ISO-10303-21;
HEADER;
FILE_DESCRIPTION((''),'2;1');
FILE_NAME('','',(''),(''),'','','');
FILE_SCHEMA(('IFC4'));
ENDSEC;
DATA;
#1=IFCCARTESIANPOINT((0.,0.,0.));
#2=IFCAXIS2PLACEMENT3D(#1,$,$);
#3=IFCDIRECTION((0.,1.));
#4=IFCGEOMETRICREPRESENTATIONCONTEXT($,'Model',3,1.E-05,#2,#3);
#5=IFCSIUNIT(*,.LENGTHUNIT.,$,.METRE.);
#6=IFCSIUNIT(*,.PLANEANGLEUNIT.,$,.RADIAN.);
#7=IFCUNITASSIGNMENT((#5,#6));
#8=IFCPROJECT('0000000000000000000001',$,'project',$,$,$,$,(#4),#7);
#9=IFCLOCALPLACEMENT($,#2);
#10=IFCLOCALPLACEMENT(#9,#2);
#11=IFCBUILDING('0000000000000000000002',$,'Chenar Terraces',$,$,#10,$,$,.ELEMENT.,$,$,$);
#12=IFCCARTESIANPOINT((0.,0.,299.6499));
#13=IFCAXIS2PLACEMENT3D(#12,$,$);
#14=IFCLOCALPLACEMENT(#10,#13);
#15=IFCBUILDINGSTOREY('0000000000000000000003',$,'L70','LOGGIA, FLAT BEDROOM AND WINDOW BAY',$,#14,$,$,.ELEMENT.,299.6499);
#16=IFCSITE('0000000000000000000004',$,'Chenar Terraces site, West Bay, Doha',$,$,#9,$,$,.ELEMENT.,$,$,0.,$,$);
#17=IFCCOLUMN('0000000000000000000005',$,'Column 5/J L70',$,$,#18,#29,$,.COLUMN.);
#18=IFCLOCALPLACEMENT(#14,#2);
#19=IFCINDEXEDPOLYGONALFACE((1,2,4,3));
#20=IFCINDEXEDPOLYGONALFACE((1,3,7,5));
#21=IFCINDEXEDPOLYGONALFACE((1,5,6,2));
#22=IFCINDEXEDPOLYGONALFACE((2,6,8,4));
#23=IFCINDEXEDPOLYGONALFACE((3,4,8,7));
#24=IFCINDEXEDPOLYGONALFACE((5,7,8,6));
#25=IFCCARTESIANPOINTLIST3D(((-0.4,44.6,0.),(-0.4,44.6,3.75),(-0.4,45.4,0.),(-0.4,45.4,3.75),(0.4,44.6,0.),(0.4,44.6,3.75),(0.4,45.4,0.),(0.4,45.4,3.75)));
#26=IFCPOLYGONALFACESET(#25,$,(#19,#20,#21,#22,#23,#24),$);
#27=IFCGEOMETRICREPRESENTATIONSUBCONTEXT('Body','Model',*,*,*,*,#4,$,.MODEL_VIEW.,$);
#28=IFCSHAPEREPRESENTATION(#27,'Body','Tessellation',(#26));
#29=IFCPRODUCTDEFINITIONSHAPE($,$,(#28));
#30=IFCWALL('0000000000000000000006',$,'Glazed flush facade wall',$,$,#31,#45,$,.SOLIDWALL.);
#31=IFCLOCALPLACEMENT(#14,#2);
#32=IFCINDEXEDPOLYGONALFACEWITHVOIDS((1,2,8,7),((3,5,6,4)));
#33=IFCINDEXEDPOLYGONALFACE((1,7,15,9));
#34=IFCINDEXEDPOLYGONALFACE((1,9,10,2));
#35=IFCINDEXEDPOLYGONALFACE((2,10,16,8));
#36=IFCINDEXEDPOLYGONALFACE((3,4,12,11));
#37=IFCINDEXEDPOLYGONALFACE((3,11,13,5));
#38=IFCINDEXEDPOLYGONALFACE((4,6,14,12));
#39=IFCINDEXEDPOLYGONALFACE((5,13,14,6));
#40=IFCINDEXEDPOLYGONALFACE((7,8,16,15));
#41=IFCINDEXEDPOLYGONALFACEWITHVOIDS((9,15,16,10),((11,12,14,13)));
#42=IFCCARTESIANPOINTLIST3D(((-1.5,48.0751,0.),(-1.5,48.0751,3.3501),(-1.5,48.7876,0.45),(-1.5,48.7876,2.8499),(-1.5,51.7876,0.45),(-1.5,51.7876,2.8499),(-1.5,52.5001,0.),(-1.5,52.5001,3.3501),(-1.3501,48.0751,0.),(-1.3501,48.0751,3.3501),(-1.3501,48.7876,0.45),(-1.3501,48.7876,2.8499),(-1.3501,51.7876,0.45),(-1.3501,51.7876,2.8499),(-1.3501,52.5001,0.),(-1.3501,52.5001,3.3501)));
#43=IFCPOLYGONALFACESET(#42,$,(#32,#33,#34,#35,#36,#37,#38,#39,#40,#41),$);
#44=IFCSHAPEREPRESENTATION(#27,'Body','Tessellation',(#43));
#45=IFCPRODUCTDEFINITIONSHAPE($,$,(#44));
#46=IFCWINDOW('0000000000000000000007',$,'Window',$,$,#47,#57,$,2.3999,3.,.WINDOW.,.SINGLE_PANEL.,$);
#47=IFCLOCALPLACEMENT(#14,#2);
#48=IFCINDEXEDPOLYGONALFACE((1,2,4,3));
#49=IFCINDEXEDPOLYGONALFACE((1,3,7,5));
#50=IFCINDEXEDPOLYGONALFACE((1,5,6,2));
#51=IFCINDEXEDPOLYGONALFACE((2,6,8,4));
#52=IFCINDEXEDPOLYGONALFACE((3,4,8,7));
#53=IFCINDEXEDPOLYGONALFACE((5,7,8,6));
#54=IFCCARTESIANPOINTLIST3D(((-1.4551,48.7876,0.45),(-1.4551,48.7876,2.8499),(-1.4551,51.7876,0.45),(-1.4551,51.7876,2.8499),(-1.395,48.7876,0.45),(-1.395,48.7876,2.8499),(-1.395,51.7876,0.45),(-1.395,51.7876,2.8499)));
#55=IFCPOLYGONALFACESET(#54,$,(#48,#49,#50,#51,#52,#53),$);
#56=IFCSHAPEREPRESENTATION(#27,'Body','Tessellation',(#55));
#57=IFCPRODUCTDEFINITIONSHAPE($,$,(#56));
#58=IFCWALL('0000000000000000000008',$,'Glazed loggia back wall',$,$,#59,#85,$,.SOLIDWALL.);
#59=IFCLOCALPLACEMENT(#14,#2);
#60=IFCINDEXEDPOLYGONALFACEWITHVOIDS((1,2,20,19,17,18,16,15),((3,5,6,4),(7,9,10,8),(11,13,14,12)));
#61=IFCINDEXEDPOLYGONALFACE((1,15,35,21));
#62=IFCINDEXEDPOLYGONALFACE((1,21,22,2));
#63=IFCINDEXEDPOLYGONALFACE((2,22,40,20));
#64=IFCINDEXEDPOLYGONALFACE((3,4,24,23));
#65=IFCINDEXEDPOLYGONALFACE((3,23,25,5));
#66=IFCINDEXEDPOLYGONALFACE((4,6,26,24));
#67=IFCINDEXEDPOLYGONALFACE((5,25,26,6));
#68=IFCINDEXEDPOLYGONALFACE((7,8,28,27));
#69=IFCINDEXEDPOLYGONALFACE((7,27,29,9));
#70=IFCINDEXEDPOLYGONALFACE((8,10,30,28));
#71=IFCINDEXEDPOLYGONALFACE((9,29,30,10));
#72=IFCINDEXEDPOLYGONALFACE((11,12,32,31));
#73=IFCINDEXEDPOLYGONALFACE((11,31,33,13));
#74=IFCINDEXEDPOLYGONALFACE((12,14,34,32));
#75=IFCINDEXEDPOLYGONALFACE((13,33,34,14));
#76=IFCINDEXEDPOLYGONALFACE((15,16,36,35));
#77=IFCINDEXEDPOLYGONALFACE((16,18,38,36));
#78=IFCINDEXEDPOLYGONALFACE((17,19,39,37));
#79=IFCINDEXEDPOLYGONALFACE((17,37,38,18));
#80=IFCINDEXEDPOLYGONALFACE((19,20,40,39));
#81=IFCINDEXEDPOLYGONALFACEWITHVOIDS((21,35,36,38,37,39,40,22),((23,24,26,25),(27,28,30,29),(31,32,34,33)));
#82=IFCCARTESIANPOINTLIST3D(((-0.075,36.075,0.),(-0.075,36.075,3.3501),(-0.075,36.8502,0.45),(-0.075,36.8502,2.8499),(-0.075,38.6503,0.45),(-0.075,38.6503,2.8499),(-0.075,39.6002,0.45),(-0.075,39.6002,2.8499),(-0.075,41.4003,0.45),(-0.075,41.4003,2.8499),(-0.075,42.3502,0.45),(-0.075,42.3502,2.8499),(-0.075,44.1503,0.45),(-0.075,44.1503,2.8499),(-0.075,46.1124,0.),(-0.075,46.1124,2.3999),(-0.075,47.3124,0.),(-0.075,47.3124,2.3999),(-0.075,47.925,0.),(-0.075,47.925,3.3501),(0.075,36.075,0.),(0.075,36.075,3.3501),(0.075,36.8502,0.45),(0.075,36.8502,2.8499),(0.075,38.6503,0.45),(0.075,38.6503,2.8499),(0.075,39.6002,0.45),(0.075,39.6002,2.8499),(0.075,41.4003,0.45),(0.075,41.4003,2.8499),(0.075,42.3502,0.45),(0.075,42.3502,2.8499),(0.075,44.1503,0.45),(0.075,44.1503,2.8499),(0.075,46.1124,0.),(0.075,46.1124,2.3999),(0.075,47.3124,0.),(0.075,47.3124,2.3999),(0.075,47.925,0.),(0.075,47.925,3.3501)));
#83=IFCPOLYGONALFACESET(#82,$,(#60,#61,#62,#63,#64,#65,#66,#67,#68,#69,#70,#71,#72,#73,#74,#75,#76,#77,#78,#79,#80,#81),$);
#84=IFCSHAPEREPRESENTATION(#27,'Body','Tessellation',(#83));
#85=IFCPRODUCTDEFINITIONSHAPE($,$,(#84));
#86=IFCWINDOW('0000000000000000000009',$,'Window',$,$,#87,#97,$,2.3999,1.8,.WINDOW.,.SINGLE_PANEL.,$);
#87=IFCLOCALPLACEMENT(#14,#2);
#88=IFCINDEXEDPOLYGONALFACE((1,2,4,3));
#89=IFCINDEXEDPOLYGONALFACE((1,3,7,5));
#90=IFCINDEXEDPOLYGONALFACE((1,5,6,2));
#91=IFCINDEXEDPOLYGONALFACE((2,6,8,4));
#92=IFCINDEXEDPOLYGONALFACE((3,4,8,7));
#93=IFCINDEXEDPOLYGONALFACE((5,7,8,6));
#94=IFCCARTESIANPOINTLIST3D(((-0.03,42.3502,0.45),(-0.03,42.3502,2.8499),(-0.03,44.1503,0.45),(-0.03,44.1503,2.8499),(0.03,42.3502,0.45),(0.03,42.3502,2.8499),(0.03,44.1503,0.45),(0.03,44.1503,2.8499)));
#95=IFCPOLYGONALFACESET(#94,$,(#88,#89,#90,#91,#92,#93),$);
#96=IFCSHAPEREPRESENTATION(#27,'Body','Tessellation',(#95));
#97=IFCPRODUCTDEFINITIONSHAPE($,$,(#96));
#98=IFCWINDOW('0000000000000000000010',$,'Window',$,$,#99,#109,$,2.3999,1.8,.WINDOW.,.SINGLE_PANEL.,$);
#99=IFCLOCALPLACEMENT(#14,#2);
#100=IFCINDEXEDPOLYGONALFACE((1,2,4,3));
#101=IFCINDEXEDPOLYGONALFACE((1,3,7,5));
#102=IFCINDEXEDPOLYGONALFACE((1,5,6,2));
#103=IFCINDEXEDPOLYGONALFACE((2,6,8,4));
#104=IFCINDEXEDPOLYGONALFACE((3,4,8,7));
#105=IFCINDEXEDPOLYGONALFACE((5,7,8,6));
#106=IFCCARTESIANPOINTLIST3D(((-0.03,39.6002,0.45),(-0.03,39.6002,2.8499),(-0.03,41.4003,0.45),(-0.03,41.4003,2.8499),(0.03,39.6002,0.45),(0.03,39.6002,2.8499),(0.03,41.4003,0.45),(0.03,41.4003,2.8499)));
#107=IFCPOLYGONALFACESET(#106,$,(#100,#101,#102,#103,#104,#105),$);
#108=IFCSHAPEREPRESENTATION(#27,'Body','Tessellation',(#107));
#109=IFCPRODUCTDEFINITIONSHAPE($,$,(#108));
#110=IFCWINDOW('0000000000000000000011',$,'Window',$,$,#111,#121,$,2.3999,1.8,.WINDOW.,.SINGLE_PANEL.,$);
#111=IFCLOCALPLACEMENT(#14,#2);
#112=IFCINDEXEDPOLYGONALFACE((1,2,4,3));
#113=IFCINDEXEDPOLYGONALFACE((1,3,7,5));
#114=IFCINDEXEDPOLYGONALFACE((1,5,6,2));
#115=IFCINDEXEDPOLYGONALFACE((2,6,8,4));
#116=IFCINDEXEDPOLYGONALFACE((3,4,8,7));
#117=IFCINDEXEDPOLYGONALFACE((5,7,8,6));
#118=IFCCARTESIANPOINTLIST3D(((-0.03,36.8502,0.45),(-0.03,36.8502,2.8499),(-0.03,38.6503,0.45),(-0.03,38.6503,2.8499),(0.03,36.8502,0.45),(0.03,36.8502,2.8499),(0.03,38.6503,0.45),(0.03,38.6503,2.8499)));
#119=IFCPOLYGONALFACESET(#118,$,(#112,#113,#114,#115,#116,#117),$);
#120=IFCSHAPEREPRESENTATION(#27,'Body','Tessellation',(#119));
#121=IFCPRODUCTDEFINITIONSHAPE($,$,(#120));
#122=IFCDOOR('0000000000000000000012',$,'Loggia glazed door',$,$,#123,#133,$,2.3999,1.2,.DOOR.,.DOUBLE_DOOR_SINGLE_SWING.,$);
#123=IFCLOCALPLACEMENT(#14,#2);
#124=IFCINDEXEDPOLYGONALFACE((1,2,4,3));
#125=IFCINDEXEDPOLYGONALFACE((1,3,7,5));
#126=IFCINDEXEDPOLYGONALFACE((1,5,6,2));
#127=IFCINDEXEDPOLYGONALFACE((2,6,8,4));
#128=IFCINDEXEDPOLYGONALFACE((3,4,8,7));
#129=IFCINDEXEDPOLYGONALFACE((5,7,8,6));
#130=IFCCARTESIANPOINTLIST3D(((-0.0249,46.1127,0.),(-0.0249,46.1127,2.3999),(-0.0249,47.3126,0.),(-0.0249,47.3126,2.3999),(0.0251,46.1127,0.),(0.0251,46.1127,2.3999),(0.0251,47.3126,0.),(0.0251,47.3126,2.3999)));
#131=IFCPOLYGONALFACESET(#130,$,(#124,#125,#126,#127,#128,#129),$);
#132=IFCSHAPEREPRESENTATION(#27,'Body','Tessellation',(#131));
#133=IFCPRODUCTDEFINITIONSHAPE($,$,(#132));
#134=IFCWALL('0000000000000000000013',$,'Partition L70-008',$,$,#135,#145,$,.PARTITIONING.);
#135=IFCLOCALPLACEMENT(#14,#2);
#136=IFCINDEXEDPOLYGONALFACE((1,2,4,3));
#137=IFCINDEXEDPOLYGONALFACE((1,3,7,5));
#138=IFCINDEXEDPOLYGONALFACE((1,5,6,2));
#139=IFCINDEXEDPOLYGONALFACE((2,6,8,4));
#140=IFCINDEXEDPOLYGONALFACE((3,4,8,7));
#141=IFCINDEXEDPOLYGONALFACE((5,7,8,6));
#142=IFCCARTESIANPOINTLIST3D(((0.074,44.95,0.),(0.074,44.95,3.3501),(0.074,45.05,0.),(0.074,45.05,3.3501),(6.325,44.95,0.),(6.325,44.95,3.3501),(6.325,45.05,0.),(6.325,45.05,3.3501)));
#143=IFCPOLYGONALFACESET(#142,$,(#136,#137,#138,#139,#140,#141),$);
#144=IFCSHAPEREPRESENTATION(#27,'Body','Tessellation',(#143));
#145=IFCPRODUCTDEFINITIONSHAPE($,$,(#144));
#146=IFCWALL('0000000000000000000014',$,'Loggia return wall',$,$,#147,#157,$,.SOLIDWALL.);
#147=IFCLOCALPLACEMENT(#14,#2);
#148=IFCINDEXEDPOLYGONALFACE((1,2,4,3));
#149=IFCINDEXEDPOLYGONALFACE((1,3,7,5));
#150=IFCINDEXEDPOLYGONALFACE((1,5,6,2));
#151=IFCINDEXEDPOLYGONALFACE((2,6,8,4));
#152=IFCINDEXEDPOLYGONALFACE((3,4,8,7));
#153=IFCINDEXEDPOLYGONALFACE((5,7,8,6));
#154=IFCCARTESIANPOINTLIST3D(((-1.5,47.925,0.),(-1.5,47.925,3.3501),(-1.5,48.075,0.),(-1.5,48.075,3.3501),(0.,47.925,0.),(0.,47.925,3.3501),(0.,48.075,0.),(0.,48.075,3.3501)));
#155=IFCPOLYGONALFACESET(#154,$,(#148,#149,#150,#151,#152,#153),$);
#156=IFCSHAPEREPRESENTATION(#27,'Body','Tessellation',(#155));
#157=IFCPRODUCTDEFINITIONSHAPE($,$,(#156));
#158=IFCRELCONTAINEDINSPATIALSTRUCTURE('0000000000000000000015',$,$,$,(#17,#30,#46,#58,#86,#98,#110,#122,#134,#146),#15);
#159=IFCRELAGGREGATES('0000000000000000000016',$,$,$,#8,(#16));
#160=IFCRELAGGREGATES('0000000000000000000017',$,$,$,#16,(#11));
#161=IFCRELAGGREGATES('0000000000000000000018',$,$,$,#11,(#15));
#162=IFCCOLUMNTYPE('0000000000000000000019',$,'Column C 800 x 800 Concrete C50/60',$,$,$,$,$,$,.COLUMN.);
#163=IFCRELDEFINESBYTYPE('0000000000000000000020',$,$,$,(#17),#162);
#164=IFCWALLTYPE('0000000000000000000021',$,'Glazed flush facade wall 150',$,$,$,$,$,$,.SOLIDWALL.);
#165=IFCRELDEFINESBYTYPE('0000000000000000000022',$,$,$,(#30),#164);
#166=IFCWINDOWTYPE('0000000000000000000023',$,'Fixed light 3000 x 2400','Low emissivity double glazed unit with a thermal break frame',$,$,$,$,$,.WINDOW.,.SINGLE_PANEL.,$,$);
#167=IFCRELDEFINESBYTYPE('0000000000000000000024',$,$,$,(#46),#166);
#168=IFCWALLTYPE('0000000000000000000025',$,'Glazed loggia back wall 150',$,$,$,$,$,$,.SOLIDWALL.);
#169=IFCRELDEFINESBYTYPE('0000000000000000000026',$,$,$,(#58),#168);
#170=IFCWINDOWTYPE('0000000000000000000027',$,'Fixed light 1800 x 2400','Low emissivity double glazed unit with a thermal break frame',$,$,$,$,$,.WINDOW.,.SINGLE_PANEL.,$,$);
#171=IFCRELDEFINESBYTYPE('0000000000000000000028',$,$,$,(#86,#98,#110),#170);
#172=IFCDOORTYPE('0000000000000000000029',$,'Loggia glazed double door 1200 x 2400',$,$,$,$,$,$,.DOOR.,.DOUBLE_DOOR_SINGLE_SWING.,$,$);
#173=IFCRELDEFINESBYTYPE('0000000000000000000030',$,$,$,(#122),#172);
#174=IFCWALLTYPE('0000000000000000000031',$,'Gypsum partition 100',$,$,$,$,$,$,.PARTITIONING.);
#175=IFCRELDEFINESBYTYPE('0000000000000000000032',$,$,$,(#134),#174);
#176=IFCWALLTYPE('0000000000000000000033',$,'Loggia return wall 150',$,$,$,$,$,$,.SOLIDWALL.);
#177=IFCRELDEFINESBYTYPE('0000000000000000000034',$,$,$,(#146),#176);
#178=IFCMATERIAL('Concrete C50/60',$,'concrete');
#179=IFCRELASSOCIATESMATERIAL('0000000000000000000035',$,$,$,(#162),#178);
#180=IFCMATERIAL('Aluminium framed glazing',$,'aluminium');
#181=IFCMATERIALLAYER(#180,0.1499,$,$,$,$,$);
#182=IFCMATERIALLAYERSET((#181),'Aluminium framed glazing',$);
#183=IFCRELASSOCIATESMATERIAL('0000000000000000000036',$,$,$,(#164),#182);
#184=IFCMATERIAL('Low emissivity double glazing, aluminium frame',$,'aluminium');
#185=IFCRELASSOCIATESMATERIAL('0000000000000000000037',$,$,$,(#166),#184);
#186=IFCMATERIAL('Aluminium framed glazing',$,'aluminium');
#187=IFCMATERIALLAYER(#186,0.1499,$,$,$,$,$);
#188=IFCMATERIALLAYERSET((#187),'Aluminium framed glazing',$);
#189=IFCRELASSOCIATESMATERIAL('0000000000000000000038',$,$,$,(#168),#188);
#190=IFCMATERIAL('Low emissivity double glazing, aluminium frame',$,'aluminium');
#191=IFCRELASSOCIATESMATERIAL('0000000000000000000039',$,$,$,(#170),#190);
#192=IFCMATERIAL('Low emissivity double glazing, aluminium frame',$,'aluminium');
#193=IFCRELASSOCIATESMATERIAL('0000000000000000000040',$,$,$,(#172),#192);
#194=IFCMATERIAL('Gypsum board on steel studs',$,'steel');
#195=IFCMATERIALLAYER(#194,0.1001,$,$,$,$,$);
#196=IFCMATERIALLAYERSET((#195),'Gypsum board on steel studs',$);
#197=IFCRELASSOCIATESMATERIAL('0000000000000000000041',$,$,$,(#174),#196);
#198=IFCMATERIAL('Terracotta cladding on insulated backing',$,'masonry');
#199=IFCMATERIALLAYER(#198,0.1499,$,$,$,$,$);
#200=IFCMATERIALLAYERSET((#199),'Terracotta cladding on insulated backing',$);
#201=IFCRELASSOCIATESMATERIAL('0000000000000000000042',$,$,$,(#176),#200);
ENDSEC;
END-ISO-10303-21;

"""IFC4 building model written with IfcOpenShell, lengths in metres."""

from ifc_helpers import new_model, si_unit, direction, frame, frame_2d, origin, origin_2d, place, context, subcontext, project, spatial, rectangle, extrude, material, layer, layer_set, material_profile, profile_set, type_object, element, fill, save


model = new_model("IFC4")

# Units and contexts
model_context = context("Model", 3, precision=1e-05, world=origin(), true_north=direction((0.0, 1.0)))
body_context = subcontext(model_context, "Body", "Model", "MODEL_VIEW")
ifc_project = project(units=[si_unit("LENGTHUNIT", "METRE"), si_unit("PLANEANGLEUNIT", "RADIAN")], contexts=[model_context])

# Site, building, storey
site_placement = place(None, origin())
site = spatial("IfcSite", under=ifc_project, at=site_placement, Name="Chenar Terraces site, West Bay, Doha", CompositionType="ELEMENT", RefElevation=0.0)
building_placement = place(site_placement, origin())
building = spatial("IfcBuilding", under=site, at=building_placement, Name="Chenar Terraces", CompositionType="ELEMENT")
storey_placement = place(building_placement, frame((0.0, 0.0, 299.6499)))
storey = spatial("IfcBuildingStorey", under=building, at=storey_placement, Name="L70", Description="LOGGIA, FLAT BEDROOM AND WINDOW BAY", CompositionType="ELEMENT", Elevation=299.6499)

# Column
ifc_material_1 = material(Name="Concrete C50/60", Category="concrete")
ifc_material_profile = material_profile(ifc_material_1, rectangle(XDim=0.8, YDim=0.8, at=origin_2d()), Name="C 800 x 800")
ifc_profile_set = profile_set([ifc_material_profile], Name="Concrete C50/60")
column_type = type_object("IfcColumnType", Name="Column C 800 x 800 Concrete C50/60", PredefinedType="COLUMN", material=ifc_profile_set)
column_placement = place(storey_placement, frame((0.0, 45.0, 0.0), z_axis=(0.0, 0.0, 1.0), x_axis=(1.0, 0.0, 0.0)))
element("IfcColumn", 1, at=column_placement, inside=storey, type_object=column_type, Name="Column 5/J L70", PredefinedType="COLUMN", context=body_context, shape_type="SweptSolid", body=[
    extrude(rectangle(XDim=0.8, YDim=0.8, at=origin_2d()), origin(), (0.0, 0.0, 1.0), 3.75),
])

# Wall, opening, window
ifc_material_2 = material(Name="Aluminium framed glazing", Category="aluminium")
ifc_layer_1 = layer(ifc_material_2, 0.1499)
ifc_layer_set_1 = layer_set([ifc_layer_1], Name="Aluminium framed glazing")
wall_type_1 = type_object("IfcWallType", Name="Glazed flush facade wall 150", PredefinedType="SOLIDWALL", material=ifc_layer_set_1)
wall_1_placement = place(storey_placement, frame((-1.425, 52.5, 0.0), z_axis=(0.0, 0.0, 1.0), x_axis=(0.0, -1.0, 0.0)))
wall_1 = element("IfcWall", 2, at=wall_1_placement, inside=storey, type_object=wall_type_1, Name="Glazed flush facade wall", PredefinedType="SOLIDWALL", context=body_context, shape_type="SweptSolid", body=[
    extrude(rectangle(XDim=4.425, YDim=0.1499, at=frame_2d((2.2124, 0.0))), origin(), (0.0, 0.0, 1.0), 3.3501),
])
opening_1_placement = place(wall_1_placement, frame((0.7124, 0.0, 0.45)))
opening_1 = element("IfcOpeningElement", 3, at=opening_1_placement, cuts=wall_1, PredefinedType="OPENING", context=body_context, shape_type="SweptSolid", body=[
    extrude(rectangle(XDim=3.0, YDim=2.3999, at=frame_2d((1.5, 1.2))), frame((0.0, 0.085, 0.0), z_axis=(0.0, -1.0, 0.0), x_axis=(1.0, 0.0, 0.0)), (0.0, 0.0, 1.0), 0.1699),
])
ifc_material_3 = material(Name="Low emissivity double glazing, aluminium frame", Category="aluminium")
window_type_1 = type_object("IfcWindowType", Name="Fixed light 3000 x 2400", Description="Low emissivity double glazed unit with a thermal break frame", PartitioningType="SINGLE_PANEL", PredefinedType="WINDOW", material=ifc_material_3)
window_1_placement = place(opening_1_placement, origin())
window_1 = element("IfcWindow", 4, at=window_1_placement, inside=storey, type_object=window_type_1, Name="Window", OverallHeight=2.3999, OverallWidth=3.0, PartitioningType="SINGLE_PANEL", PredefinedType="WINDOW", context=body_context, shape_type="SweptSolid", body=[
    extrude(rectangle(XDim=3.0, YDim=2.3999, at=frame_2d((1.5, 1.2))), frame((0.0, 0.03, 0.0), z_axis=(0.0, -1.0, 0.0), x_axis=(1.0, 0.0, 0.0)), (0.0, 0.0, 1.0), 0.0601),
])
fill(opening_1, window_1)

# Wall, openings, windows, door
ifc_material_4 = material(Name="Aluminium framed glazing", Category="aluminium")
ifc_layer_2 = layer(ifc_material_4, 0.1499)
ifc_layer_set_2 = layer_set([ifc_layer_2], Name="Aluminium framed glazing")
wall_type_2 = type_object("IfcWallType", Name="Glazed loggia back wall 150", PredefinedType="SOLIDWALL", material=ifc_layer_set_2)
wall_2_placement = place(storey_placement, frame((0.0, 47.925, 0.0), z_axis=(0.0, 0.0, 1.0), x_axis=(0.0, -1.0, 0.0)))
wall_2 = element("IfcWall", 5, at=wall_2_placement, inside=storey, type_object=wall_type_2, Name="Glazed loggia back wall", PredefinedType="SOLIDWALL", context=body_context, shape_type="SweptSolid", body=[
    extrude(rectangle(XDim=11.8501, YDim=0.1499, at=frame_2d((5.925, 0.0))), origin(), (0.0, 0.0, 1.0), 3.3501),
])
opening_2_placement = place(wall_2_placement, frame((0.6125, 0.0, 0.0)))
opening_2 = element("IfcOpeningElement", 6, at=opening_2_placement, cuts=wall_2, PredefinedType="OPENING", context=body_context, shape_type="SweptSolid", body=[
    extrude(rectangle(XDim=1.2, YDim=2.3999, at=frame_2d((0.6001, 1.2))), frame((0.0, 0.085, 0.0), z_axis=(0.0, -1.0, 0.0), x_axis=(1.0, 0.0, 0.0)), (0.0, 0.0, 1.0), 0.1699),
])
opening_3_placement = place(wall_2_placement, frame((3.7749, 0.0, 0.45)))
opening_3 = element("IfcOpeningElement", 7, at=opening_3_placement, cuts=wall_2, PredefinedType="OPENING", context=body_context, shape_type="SweptSolid", body=[
    extrude(rectangle(XDim=1.8, YDim=2.3999, at=frame_2d((0.8999, 1.2))), frame((0.0, 0.085, 0.0), z_axis=(0.0, -1.0, 0.0), x_axis=(1.0, 0.0, 0.0)), (0.0, 0.0, 1.0), 0.1699),
])
opening_4_placement = place(wall_2_placement, frame((6.5249, 0.0, 0.45)))
opening_4 = element("IfcOpeningElement", 8, at=opening_4_placement, cuts=wall_2, PredefinedType="OPENING", context=body_context, shape_type="SweptSolid", body=[
    extrude(rectangle(XDim=1.8, YDim=2.3999, at=frame_2d((0.8999, 1.2))), frame((0.0, 0.085, 0.0), z_axis=(0.0, -1.0, 0.0), x_axis=(1.0, 0.0, 0.0)), (0.0, 0.0, 1.0), 0.1699),
])
opening_5_placement = place(wall_2_placement, frame((9.2749, 0.0, 0.45)))
opening_5 = element("IfcOpeningElement", 9, at=opening_5_placement, cuts=wall_2, PredefinedType="OPENING", context=body_context, shape_type="SweptSolid", body=[
    extrude(rectangle(XDim=1.8, YDim=2.3999, at=frame_2d((0.8999, 1.2))), frame((0.0, 0.085, 0.0), z_axis=(0.0, -1.0, 0.0), x_axis=(1.0, 0.0, 0.0)), (0.0, 0.0, 1.0), 0.1699),
])
ifc_material_5 = material(Name="Low emissivity double glazing, aluminium frame", Category="aluminium")
window_type_2 = type_object("IfcWindowType", Name="Fixed light 1800 x 2400", Description="Low emissivity double glazed unit with a thermal break frame", PartitioningType="SINGLE_PANEL", PredefinedType="WINDOW", material=ifc_material_5)
window_2_placement = place(opening_3_placement, origin())
window_2 = element("IfcWindow", 10, at=window_2_placement, inside=storey, type_object=window_type_2, Name="Window", OverallHeight=2.3999, OverallWidth=1.8, PartitioningType="SINGLE_PANEL", PredefinedType="WINDOW", context=body_context, shape_type="SweptSolid", body=[
    extrude(rectangle(XDim=1.8, YDim=2.3999, at=frame_2d((0.8999, 1.2))), frame((0.0, 0.03, 0.0), z_axis=(0.0, -1.0, 0.0), x_axis=(1.0, 0.0, 0.0)), (0.0, 0.0, 1.0), 0.0601),
])
fill(opening_3, window_2)
window_3_placement = place(opening_4_placement, origin())
window_3 = element("IfcWindow", 11, at=window_3_placement, inside=storey, type_object=window_type_2, Name="Window", OverallHeight=2.3999, OverallWidth=1.8, PartitioningType="SINGLE_PANEL", PredefinedType="WINDOW", context=body_context, shape_type="SweptSolid", body=[
    extrude(rectangle(XDim=1.8, YDim=2.3999, at=frame_2d((0.8999, 1.2))), frame((0.0, 0.03, 0.0), z_axis=(0.0, -1.0, 0.0), x_axis=(1.0, 0.0, 0.0)), (0.0, 0.0, 1.0), 0.0601),
])
fill(opening_4, window_3)
window_4_placement = place(opening_5_placement, origin())
window_4 = element("IfcWindow", 12, at=window_4_placement, inside=storey, type_object=window_type_2, Name="Window", OverallHeight=2.3999, OverallWidth=1.8, PartitioningType="SINGLE_PANEL", PredefinedType="WINDOW", context=body_context, shape_type="SweptSolid", body=[
    extrude(rectangle(XDim=1.8, YDim=2.3999, at=frame_2d((0.8999, 1.2))), frame((0.0, 0.03, 0.0), z_axis=(0.0, -1.0, 0.0), x_axis=(1.0, 0.0, 0.0)), (0.0, 0.0, 1.0), 0.0601),
])
fill(opening_5, window_4)
ifc_material_6 = material(Name="Low emissivity double glazing, aluminium frame", Category="aluminium")
door_type_1 = type_object("IfcDoorType", Name="Loggia glazed double door 1200 x 2400", OperationType="DOUBLE_DOOR_SINGLE_SWING", PredefinedType="DOOR", material=ifc_material_6)
door_1_placement = place(opening_2_placement, frame((1.2, 0.0, 0.0), z_axis=(0.0, 0.0, 1.0), x_axis=(-1.0, 0.0, 0.0)))
door_1 = element("IfcDoor", 13, at=door_1_placement, inside=storey, type_object=door_type_1, Name="Loggia glazed door", OperationType="DOUBLE_DOOR_SINGLE_SWING", OverallHeight=2.3999, OverallWidth=1.2, PredefinedType="DOOR", context=body_context, shape_type="SweptSolid", body=[
    extrude(rectangle(XDim=1.2, YDim=2.3999, at=frame_2d((0.6001, 1.2))), frame((0.0, 0.0249, 0.0), z_axis=(0.0, -1.0, 0.0), x_axis=(1.0, 0.0, 0.0)), (0.0, 0.0, 1.0), 0.05),
])
fill(opening_2, door_1)

# Walls
ifc_material_7 = material(Name="Gypsum board on steel studs", Category="steel")
ifc_layer_3 = layer(ifc_material_7, 0.1001)
ifc_layer_set_3 = layer_set([ifc_layer_3], Name="Gypsum board on steel studs")
wall_type_3 = type_object("IfcWallType", Name="Gypsum partition 100", PredefinedType="PARTITIONING", material=ifc_layer_set_3)
wall_3_placement = place(storey_placement, frame((0.074, 45.0, 0.0), z_axis=(0.0, 0.0, 1.0), x_axis=(1.0, 0.0, 0.0)))
element("IfcWall", 14, at=wall_3_placement, inside=storey, type_object=wall_type_3, Name="Partition L70-008", PredefinedType="PARTITIONING", context=body_context, shape_type="SweptSolid", body=[
    extrude(rectangle(XDim=6.251, YDim=0.1001, at=frame_2d((3.1255, 0.0))), origin(), (0.0, 0.0, 1.0), 3.3501),
])
ifc_material_8 = material(Name="Terracotta cladding on insulated backing", Category="masonry")
ifc_layer_4 = layer(ifc_material_8, 0.1499)
ifc_layer_set_4 = layer_set([ifc_layer_4], Name="Terracotta cladding on insulated backing")
wall_type_4 = type_object("IfcWallType", Name="Loggia return wall 150", PredefinedType="SOLIDWALL", material=ifc_layer_set_4)
wall_4_placement = place(storey_placement, frame((-1.5, 48.0, 0.0), z_axis=(0.0, 0.0, 1.0), x_axis=(1.0, 0.0, 0.0)))
element("IfcWall", 15, at=wall_4_placement, inside=storey, type_object=wall_type_4, Name="Loggia return wall", PredefinedType="SOLIDWALL", context=body_context, shape_type="SweptSolid", body=[
    extrude(rectangle(XDim=1.5, YDim=0.1499, at=frame_2d((0.75, 0.0))), origin(), (0.0, 0.0, 1.0), 3.3501),
])

save(model, "model.ifc")
